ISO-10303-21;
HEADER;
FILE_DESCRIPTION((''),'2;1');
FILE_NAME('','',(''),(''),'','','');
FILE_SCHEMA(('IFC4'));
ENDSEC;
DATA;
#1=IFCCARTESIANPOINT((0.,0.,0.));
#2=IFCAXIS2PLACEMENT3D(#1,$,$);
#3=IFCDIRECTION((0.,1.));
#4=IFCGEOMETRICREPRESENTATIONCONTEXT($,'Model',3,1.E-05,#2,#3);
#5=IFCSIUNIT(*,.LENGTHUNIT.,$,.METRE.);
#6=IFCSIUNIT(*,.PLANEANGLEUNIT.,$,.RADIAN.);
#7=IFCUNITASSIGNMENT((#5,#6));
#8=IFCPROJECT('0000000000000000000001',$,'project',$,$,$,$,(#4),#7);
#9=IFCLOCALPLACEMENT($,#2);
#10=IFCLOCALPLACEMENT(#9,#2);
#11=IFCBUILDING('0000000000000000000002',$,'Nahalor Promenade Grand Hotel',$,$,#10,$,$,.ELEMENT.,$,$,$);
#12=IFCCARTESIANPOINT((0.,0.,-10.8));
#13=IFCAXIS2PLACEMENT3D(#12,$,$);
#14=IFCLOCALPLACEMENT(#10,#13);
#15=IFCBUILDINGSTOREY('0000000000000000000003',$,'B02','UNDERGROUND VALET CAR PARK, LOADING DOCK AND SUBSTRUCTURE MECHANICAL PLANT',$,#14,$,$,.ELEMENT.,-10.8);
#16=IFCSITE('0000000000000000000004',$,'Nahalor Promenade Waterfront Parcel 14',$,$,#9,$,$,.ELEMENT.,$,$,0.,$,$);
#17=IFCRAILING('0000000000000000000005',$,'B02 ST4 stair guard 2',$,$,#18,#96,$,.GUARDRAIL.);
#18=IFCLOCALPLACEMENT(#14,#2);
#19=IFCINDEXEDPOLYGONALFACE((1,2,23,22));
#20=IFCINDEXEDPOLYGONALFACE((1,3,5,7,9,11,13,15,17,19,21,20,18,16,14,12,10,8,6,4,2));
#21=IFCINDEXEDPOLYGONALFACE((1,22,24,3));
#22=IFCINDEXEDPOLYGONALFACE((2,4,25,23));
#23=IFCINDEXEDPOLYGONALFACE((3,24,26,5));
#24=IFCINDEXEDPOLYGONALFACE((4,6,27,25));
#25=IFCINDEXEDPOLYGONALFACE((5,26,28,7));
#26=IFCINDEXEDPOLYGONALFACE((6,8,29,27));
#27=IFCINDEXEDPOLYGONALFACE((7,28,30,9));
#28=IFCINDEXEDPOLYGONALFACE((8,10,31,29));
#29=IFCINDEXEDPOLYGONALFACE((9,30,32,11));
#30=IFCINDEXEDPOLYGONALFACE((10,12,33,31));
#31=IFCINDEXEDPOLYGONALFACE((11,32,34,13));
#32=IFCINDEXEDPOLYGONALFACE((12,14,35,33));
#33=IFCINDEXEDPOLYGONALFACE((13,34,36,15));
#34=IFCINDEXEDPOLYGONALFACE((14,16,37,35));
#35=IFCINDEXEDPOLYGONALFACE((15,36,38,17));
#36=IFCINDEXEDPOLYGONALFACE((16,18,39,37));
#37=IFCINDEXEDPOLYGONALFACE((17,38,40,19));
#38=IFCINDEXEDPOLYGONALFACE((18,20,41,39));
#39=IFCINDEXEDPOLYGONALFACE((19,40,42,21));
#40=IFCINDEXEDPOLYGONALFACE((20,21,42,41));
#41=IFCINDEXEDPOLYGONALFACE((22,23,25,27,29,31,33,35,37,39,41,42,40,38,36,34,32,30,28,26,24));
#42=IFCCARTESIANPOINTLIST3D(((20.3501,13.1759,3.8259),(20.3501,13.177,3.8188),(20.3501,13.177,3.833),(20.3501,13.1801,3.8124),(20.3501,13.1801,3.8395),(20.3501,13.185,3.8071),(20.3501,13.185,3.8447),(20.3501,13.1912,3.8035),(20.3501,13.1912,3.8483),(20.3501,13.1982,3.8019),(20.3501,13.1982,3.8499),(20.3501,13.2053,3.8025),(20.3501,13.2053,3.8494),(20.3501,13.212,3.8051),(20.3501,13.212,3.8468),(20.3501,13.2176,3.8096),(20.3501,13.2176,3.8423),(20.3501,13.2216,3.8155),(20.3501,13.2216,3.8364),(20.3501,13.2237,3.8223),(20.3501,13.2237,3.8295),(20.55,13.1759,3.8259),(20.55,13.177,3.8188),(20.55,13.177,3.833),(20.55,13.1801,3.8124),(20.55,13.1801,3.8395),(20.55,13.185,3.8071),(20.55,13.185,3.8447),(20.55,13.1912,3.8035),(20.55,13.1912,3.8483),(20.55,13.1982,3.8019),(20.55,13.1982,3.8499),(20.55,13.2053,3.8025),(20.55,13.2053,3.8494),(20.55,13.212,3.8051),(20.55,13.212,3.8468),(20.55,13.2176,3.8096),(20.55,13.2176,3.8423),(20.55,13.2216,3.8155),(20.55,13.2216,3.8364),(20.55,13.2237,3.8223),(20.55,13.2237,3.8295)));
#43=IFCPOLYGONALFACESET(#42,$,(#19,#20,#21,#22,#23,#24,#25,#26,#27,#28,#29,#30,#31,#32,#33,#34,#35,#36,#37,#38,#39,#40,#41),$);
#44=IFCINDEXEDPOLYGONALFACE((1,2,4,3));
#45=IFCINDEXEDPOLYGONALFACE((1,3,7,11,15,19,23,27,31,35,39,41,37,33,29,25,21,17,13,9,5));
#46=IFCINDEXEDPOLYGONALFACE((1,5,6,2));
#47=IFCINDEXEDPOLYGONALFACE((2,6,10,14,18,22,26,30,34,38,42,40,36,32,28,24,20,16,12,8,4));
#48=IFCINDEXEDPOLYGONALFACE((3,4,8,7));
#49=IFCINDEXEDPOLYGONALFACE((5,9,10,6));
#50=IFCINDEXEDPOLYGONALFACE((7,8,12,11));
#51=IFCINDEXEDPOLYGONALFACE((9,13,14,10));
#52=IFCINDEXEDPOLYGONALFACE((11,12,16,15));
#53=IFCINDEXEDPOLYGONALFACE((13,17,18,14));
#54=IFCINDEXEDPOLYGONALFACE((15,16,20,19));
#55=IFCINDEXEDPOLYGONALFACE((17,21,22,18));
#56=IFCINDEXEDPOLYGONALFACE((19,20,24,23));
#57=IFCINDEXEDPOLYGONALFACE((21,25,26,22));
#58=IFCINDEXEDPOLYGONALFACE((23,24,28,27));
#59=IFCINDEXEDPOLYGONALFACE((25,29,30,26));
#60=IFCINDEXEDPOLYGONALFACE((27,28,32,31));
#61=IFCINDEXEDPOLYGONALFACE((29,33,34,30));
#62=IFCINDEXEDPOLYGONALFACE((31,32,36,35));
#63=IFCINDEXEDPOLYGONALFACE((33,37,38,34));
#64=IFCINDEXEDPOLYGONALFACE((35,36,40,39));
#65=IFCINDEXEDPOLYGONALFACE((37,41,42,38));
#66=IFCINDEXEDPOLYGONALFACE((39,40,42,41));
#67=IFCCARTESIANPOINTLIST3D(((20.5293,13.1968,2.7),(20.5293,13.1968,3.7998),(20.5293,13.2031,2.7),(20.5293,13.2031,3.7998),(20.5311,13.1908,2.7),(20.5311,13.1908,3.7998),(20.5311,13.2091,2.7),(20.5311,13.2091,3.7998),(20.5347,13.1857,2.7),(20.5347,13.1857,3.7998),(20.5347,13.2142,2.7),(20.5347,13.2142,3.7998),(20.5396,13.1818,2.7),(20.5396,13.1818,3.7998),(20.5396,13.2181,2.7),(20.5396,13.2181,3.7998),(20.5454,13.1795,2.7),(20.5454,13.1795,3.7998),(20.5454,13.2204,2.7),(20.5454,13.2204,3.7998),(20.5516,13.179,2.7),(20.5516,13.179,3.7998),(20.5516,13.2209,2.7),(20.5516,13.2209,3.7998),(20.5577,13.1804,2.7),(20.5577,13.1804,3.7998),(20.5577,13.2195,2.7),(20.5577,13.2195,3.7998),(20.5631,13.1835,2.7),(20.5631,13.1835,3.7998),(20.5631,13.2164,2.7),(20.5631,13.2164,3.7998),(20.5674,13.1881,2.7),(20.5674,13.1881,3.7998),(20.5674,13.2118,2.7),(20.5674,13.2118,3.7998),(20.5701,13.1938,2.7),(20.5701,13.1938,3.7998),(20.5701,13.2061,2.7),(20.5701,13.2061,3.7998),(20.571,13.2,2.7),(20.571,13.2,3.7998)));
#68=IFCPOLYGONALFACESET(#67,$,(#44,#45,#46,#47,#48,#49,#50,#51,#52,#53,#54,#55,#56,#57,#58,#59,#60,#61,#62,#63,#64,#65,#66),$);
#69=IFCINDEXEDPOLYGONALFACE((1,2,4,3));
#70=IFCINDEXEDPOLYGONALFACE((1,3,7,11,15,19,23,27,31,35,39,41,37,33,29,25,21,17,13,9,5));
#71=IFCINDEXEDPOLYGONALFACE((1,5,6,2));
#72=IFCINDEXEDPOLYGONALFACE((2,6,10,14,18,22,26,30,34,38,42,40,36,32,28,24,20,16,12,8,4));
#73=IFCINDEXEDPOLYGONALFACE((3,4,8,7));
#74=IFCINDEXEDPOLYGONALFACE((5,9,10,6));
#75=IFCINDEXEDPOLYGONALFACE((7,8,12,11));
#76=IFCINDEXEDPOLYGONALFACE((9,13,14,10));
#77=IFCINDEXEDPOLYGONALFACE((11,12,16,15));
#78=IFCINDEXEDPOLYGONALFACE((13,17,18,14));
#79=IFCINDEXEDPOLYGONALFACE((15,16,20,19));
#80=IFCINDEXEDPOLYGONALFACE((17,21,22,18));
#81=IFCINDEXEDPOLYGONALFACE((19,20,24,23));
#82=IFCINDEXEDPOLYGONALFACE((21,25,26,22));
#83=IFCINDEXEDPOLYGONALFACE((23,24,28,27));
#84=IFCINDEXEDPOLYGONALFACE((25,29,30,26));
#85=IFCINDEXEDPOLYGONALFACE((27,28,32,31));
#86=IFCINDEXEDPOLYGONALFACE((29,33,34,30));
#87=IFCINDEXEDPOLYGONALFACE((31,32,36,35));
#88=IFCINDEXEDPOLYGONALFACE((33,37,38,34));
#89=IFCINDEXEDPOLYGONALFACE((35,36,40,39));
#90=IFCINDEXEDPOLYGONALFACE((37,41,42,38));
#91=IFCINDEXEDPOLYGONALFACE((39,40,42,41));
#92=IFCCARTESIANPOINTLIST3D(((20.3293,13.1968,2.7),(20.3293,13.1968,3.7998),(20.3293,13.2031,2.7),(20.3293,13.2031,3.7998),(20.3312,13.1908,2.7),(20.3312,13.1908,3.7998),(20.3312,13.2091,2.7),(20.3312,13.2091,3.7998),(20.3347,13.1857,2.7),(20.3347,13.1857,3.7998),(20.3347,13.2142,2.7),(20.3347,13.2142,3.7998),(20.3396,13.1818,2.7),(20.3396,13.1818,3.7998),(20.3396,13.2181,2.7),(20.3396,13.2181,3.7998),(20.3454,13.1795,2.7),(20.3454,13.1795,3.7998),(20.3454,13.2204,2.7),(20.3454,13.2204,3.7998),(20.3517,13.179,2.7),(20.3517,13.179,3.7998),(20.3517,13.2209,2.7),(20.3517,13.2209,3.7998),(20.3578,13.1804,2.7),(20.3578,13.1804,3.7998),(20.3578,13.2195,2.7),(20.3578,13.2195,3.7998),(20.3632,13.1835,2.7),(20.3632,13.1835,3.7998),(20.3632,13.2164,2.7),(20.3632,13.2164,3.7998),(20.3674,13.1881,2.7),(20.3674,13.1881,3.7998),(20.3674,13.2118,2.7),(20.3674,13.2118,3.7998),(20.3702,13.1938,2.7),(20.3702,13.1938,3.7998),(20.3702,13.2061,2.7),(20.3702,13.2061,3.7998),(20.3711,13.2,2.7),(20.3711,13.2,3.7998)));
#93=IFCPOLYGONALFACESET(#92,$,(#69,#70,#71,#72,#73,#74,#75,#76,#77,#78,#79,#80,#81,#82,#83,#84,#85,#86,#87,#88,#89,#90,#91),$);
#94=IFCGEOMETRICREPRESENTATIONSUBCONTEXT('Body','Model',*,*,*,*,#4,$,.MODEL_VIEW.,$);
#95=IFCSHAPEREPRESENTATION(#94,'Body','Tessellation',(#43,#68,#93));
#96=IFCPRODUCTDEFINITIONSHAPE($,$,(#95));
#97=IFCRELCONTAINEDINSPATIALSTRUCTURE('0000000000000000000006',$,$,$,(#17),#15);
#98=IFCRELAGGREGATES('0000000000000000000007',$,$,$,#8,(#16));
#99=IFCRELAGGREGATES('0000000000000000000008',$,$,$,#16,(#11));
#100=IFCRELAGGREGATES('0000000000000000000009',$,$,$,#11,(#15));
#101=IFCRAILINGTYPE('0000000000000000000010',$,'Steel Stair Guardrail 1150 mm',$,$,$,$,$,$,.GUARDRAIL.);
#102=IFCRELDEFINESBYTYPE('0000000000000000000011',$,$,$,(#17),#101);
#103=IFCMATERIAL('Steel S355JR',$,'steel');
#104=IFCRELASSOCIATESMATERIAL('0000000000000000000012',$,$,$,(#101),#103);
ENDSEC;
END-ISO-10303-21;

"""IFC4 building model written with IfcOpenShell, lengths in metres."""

from ifc_helpers import new_model, si_unit, direction, frame, origin, origin_2d, place, context, subcontext, project, spatial, circle, extrude, material, type_object, element, save


model = new_model("IFC4")

# Units and contexts
model_context = context("Model", 3, precision=1e-05, world=origin(), true_north=direction((0.0, 1.0)))
body_context = subcontext(model_context, "Body", "Model", "MODEL_VIEW")
ifc_project = project(units=[si_unit("LENGTHUNIT", "METRE"), si_unit("PLANEANGLEUNIT", "RADIAN")], contexts=[model_context])

# Site, building, storey
site_placement = place(None, origin())
site = spatial("IfcSite", under=ifc_project, at=site_placement, Name="Nahalor Promenade Waterfront Parcel 14", CompositionType="ELEMENT", RefElevation=0.0)
building_placement = place(site_placement, origin())
building = spatial("IfcBuilding", under=site, at=building_placement, Name="Nahalor Promenade Grand Hotel", CompositionType="ELEMENT")
storey_placement = place(building_placement, frame((0.0, 0.0, -10.8)))
storey = spatial("IfcBuildingStorey", under=building, at=storey_placement, Name="B02", Description="UNDERGROUND VALET CAR PARK, LOADING DOCK AND SUBSTRUCTURE MECHANICAL PLANT", CompositionType="ELEMENT", Elevation=-10.8)

# Shared definitions
ifc_material_1 = material(Name="Steel S355JR", Category="steel")

# Railing
railing_type_1 = type_object("IfcRailingType", Name="Steel Stair Guardrail 1150 mm", PredefinedType="GUARDRAIL", material=ifc_material_1)
railing_1_placement = place(storey_placement, frame((20.55, 13.2, 2.7)))
element("IfcRailing", 1, at=railing_1_placement, inside=storey, type_object=railing_type_1, Name="B02 ST4 stair guard 2", PredefinedType="GUARDRAIL", context=body_context, shape_type="SweptSolid", body=[
    extrude(circle(Radius=0.024, at=origin_2d()), frame((0.0, 0.0, 1.126), z_axis=(-1.0, 0.0, 0.0), x_axis=(0.0, -1.0, 0.0)), (0.0, 0.0, 1.0), 0.2),
    extrude(circle(Radius=0.021, at=origin_2d()), origin(), (0.0, 0.0, 1.0), 1.0999),
    extrude(circle(Radius=0.021, at=origin_2d()), frame((-0.2, 0.0, 0.0)), (0.0, 0.0, 1.0), 1.0999),
])

save(model, "model.ifc")
